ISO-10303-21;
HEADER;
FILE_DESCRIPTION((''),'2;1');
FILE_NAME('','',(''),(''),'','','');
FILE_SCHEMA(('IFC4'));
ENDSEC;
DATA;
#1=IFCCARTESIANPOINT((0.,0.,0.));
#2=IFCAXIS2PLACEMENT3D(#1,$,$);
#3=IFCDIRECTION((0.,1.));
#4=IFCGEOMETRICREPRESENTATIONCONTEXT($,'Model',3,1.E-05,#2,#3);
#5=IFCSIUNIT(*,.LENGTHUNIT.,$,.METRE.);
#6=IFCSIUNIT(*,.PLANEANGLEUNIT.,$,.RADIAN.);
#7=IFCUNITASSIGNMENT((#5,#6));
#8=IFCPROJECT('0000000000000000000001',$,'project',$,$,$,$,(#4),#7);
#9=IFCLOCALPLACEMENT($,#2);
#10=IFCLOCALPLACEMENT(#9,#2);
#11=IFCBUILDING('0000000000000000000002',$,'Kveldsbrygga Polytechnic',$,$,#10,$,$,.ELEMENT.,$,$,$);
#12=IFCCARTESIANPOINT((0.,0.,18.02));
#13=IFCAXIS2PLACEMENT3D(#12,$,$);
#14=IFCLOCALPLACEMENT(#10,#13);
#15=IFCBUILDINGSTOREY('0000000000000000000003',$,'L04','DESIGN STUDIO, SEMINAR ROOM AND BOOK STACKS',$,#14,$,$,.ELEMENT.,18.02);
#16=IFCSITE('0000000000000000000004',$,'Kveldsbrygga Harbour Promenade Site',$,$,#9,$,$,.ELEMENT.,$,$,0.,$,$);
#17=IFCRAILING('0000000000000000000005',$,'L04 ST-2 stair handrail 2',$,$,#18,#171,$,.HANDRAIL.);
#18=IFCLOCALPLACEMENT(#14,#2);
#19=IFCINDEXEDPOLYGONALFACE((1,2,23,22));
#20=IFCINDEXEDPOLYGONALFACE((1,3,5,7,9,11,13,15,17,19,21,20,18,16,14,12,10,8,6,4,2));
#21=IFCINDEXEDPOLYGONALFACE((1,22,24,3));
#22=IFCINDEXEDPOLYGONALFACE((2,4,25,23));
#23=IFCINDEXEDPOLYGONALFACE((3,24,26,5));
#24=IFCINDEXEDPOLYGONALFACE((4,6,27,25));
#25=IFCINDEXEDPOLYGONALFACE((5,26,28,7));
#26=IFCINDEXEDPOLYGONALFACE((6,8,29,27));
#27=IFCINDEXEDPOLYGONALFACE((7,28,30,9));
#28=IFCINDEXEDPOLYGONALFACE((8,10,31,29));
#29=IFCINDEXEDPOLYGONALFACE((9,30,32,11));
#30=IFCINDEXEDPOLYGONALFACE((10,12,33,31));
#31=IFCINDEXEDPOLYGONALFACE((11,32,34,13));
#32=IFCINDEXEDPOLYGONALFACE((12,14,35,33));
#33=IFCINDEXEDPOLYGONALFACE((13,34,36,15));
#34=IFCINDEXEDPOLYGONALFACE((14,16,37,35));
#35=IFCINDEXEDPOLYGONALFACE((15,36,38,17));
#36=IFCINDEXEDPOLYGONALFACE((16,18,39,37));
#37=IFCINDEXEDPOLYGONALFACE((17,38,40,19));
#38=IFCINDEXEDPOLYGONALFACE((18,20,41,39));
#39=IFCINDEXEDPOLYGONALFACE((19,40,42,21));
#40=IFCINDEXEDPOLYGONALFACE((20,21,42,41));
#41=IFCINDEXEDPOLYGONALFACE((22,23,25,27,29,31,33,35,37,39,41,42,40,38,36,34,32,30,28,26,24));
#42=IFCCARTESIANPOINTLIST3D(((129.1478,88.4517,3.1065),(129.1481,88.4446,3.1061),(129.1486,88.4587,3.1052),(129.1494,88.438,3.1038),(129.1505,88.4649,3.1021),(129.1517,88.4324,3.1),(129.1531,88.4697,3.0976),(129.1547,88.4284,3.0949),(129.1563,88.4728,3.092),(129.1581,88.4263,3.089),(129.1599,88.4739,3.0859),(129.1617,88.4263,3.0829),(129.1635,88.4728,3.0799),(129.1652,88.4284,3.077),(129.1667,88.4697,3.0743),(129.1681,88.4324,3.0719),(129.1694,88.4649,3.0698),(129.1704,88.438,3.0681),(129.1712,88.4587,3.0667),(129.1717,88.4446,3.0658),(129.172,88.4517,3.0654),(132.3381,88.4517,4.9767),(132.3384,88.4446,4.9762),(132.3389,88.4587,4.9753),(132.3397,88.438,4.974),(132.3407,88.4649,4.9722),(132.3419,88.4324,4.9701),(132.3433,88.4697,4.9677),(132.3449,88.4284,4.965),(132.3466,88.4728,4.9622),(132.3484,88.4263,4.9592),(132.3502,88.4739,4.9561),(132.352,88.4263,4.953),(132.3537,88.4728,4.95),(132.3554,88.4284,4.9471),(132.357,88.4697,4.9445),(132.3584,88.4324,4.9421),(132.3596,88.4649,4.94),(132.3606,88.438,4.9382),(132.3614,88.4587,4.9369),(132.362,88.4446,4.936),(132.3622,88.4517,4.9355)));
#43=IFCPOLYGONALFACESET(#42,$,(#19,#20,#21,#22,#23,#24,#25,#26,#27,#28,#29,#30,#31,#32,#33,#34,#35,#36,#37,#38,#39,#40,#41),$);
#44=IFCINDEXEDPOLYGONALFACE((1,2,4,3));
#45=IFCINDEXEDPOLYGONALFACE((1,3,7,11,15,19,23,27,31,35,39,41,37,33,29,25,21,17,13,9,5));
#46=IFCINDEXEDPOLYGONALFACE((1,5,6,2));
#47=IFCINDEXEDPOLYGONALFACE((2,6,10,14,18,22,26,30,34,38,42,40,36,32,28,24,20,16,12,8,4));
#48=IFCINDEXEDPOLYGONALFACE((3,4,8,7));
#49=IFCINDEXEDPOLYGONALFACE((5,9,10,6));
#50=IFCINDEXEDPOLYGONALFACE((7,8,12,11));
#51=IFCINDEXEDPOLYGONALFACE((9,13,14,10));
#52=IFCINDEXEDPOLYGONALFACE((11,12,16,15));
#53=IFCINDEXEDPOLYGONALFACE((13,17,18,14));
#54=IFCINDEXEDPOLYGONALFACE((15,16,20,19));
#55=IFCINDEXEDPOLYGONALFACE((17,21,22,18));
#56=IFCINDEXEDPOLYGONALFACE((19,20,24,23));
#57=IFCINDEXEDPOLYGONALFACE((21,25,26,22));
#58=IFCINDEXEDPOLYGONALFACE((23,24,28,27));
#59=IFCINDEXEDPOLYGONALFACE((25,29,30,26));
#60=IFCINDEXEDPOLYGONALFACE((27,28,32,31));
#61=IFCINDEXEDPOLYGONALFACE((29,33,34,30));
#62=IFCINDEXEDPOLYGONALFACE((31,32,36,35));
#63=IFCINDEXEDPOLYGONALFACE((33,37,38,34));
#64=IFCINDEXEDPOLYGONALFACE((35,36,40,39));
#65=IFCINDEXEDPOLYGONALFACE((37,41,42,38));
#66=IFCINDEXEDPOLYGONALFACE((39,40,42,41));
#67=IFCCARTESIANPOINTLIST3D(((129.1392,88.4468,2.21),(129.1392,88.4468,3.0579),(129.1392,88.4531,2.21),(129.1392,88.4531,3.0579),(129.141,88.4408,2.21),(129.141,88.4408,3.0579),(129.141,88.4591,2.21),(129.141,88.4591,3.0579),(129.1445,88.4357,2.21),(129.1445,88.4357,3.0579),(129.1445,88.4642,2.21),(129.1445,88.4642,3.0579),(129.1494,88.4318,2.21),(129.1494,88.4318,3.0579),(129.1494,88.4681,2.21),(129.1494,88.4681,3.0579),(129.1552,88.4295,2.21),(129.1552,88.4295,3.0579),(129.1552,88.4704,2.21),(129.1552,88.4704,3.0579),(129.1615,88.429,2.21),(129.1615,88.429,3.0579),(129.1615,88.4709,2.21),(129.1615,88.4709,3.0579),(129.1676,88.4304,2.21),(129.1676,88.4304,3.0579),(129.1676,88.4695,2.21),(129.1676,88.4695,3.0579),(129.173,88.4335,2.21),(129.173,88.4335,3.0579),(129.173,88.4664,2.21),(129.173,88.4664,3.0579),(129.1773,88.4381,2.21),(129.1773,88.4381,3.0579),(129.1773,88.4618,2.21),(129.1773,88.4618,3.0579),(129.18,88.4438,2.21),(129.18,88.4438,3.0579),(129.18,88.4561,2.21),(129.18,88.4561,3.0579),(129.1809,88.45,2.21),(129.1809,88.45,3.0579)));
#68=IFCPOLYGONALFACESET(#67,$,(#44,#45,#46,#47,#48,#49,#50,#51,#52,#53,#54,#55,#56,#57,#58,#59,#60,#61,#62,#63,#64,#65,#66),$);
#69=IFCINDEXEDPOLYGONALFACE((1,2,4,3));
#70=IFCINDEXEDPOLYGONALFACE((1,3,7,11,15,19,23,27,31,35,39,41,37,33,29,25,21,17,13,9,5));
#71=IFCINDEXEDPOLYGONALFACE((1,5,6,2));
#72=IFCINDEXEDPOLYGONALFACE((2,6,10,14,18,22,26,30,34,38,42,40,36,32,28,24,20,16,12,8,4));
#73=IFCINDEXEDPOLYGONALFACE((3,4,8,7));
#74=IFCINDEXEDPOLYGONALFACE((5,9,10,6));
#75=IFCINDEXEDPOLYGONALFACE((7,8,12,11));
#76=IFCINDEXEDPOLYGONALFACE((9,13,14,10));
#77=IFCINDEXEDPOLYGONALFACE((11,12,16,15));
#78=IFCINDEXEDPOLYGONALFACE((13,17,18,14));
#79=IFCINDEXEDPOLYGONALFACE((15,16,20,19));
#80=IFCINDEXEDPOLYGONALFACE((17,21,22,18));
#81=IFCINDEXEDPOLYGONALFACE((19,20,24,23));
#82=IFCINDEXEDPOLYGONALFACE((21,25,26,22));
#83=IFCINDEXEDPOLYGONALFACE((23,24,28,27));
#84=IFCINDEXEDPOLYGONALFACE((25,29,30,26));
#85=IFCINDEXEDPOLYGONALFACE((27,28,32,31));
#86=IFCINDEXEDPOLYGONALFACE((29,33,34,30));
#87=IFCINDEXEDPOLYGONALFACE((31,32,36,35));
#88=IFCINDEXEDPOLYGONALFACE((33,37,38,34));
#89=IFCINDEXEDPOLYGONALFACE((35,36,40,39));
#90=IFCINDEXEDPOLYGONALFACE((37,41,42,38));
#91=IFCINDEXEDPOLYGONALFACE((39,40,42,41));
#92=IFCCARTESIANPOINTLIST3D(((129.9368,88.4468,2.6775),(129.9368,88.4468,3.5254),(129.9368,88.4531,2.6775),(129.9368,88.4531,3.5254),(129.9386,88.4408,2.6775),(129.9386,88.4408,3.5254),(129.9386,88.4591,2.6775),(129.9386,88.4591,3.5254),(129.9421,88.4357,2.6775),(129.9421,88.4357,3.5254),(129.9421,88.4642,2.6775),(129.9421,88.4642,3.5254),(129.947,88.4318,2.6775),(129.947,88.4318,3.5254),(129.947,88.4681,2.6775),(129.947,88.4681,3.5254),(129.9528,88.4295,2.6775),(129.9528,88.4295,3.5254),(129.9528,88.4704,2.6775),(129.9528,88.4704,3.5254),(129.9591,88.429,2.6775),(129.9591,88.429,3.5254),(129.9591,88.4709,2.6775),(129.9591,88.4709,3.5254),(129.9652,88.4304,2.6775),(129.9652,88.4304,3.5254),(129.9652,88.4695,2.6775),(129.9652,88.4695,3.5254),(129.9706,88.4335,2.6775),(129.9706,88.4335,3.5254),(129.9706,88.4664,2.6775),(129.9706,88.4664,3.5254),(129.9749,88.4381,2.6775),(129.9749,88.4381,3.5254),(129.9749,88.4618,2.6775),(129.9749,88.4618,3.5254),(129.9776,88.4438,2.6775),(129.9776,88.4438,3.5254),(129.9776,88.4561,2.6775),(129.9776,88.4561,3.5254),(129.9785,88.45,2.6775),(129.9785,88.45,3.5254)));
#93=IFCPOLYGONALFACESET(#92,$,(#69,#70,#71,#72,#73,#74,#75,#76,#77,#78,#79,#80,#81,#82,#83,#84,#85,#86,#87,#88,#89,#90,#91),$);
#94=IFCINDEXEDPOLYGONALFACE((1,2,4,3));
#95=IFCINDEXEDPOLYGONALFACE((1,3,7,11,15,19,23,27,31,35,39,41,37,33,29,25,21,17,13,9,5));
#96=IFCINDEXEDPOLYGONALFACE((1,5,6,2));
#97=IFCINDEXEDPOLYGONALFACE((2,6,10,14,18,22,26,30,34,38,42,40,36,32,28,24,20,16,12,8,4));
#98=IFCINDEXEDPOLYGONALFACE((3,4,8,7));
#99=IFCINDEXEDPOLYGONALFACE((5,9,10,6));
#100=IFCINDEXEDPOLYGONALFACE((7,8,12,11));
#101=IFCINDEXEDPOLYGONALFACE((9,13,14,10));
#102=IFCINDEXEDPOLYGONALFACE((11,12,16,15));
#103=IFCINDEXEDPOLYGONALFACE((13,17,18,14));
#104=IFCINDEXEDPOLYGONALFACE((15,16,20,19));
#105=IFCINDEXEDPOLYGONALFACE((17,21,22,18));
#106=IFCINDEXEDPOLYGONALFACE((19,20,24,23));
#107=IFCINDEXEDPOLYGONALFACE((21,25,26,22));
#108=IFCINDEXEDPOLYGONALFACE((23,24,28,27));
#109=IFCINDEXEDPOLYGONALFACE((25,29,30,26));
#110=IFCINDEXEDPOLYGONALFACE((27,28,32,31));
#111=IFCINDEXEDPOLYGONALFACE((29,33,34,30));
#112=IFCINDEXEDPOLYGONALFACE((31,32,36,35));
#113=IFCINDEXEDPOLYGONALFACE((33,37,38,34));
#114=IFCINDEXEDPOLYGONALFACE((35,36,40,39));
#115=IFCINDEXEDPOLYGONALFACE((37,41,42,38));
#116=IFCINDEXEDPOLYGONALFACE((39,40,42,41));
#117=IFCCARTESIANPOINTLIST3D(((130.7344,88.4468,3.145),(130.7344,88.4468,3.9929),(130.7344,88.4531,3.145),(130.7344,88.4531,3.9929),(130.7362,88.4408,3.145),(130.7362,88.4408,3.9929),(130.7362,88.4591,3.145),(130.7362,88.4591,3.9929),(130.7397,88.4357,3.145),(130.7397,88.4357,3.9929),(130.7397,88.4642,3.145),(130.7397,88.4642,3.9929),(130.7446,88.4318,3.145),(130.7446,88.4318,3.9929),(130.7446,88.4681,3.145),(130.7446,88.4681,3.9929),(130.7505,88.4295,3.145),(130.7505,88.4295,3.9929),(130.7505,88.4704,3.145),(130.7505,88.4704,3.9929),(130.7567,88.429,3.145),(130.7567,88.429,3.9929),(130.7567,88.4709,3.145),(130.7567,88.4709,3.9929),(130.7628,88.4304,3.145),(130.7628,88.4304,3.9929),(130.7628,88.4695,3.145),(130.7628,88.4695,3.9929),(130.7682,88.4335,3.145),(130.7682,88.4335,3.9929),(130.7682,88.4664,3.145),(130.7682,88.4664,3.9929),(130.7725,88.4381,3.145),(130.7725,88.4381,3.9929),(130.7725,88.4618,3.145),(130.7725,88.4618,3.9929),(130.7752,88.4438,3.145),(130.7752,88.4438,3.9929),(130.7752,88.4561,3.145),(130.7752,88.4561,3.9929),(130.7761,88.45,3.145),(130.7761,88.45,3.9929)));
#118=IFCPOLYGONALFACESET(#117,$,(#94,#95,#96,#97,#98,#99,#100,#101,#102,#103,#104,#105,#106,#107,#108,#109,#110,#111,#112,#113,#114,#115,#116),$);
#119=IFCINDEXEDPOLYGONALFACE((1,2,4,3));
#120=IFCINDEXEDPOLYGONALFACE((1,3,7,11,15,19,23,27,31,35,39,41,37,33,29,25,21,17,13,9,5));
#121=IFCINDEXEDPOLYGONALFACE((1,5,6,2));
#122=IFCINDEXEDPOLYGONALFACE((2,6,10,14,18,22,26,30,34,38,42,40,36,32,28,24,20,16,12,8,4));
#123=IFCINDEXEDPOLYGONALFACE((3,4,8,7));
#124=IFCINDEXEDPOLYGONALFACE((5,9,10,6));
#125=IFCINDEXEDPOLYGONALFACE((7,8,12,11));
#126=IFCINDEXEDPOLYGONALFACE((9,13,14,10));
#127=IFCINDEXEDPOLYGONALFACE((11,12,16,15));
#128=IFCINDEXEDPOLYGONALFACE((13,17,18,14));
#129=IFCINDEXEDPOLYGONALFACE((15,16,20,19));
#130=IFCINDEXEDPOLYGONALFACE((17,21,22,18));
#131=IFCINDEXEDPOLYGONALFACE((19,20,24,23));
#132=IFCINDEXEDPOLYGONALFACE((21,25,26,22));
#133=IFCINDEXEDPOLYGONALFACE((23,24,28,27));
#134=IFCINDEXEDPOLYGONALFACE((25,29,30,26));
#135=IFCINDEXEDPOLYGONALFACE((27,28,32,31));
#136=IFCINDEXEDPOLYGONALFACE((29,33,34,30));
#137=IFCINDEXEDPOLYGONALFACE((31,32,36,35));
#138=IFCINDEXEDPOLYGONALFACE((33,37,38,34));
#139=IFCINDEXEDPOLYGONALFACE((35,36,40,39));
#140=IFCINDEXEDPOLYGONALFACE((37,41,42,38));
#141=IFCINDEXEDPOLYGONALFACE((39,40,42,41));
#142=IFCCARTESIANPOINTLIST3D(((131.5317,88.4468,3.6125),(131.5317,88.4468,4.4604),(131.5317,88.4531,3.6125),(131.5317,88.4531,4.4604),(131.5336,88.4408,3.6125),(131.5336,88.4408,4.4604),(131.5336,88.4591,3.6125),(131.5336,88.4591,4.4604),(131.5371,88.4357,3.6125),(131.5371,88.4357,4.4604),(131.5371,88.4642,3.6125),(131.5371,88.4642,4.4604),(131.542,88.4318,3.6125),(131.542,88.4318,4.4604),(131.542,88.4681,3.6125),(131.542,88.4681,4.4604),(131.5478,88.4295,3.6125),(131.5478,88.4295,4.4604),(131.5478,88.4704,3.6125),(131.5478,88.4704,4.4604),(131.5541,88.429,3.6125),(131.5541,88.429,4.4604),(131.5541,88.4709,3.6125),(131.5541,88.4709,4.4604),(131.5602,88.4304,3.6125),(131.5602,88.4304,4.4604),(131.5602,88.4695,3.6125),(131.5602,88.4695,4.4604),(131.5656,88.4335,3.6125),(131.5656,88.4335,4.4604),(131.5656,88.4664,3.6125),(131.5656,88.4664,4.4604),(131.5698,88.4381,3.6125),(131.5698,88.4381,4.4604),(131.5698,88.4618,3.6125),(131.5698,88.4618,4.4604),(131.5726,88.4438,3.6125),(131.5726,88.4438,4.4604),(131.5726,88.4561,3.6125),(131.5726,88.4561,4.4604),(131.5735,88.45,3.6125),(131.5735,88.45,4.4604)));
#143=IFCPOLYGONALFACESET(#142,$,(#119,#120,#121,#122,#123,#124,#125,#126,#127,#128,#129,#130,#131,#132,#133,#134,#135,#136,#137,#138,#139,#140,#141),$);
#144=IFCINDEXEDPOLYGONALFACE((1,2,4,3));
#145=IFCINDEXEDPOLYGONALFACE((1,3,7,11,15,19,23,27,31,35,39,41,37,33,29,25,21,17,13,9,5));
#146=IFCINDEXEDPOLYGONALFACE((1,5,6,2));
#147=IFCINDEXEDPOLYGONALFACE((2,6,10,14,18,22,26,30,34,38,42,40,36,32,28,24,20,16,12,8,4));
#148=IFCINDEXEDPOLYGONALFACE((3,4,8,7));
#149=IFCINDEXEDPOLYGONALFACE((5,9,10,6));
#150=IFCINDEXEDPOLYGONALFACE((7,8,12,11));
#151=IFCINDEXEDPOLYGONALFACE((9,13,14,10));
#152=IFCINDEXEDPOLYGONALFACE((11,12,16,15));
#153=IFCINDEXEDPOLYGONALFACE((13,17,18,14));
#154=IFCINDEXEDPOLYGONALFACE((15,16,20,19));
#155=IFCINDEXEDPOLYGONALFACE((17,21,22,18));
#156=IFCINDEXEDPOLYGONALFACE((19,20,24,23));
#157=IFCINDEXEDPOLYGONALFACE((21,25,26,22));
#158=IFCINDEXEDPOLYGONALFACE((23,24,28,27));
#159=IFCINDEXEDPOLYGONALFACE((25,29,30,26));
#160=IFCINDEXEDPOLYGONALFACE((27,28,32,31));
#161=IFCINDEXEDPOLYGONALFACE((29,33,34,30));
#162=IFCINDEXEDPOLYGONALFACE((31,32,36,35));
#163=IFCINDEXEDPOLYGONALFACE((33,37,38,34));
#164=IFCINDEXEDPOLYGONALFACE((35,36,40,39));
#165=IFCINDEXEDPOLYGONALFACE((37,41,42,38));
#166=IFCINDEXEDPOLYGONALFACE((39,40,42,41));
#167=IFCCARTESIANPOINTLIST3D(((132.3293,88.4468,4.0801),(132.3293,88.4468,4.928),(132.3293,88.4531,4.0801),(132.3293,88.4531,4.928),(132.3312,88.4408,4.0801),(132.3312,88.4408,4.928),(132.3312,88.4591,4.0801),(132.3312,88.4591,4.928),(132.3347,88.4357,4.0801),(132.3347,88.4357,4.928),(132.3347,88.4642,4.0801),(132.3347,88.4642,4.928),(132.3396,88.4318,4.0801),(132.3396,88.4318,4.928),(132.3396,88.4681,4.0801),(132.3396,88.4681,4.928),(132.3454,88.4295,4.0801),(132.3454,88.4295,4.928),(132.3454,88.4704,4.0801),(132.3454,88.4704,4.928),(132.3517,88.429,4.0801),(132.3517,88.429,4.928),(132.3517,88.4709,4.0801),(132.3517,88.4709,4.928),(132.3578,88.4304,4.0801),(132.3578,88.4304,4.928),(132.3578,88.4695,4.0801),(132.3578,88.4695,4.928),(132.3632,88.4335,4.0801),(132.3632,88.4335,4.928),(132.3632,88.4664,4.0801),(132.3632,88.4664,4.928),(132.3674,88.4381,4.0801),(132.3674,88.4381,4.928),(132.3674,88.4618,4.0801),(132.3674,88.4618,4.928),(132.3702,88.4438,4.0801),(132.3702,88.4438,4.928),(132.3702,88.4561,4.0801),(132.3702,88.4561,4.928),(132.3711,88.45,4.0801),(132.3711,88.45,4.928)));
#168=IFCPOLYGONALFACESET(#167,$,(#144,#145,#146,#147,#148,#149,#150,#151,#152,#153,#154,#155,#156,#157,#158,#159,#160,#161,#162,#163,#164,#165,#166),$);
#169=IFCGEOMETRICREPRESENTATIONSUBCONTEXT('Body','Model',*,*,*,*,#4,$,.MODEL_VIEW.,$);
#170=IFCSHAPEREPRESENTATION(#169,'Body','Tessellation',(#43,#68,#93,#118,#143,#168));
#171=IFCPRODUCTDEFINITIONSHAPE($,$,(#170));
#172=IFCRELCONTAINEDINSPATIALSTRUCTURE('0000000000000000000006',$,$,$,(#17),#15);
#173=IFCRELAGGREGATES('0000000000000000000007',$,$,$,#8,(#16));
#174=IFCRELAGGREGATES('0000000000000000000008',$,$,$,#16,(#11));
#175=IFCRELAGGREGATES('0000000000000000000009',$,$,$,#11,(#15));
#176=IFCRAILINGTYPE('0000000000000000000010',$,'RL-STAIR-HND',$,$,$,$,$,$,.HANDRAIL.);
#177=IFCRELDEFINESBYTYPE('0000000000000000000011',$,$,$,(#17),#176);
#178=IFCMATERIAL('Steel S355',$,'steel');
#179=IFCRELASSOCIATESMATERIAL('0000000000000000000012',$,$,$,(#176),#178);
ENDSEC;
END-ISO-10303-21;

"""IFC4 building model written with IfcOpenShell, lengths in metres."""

from ifc_helpers import new_model, si_unit, direction, frame, origin, origin_2d, place, context, subcontext, project, spatial, circle, extrude, material, type_object, element, save


model = new_model("IFC4")

# Units and contexts
model_context = context("Model", 3, precision=1e-05, world=origin(), true_north=direction((0.0, 1.0)))
body_context = subcontext(model_context, "Body", "Model", "MODEL_VIEW")
ifc_project = project(units=[si_unit("LENGTHUNIT", "METRE"), si_unit("PLANEANGLEUNIT", "RADIAN")], contexts=[model_context])

# Site, building, storey
site_placement = place(None, origin())
site = spatial("IfcSite", under=ifc_project, at=site_placement, Name="Kveldsbrygga Harbour Promenade Site", CompositionType="ELEMENT", RefElevation=0.0)
building_placement = place(site_placement, origin())
building = spatial("IfcBuilding", under=site, at=building_placement, Name="Kveldsbrygga Polytechnic", CompositionType="ELEMENT")
storey_placement = place(building_placement, frame((0.0, 0.0, 18.02)))
storey = spatial("IfcBuildingStorey", under=building, at=storey_placement, Name="L04", Description="DESIGN STUDIO, SEMINAR ROOM AND BOOK STACKS", CompositionType="ELEMENT", Elevation=18.02)

# Shared definitions
ifc_material_1 = material(Name="Steel S355", Category="steel")

# Railing
railing_type_1 = type_object("IfcRailingType", Name="RL-STAIR-HND", PredefinedType="HANDRAIL", material=ifc_material_1)
railing_1_placement = place(storey_placement, frame((129.1599, 88.45, 2.21)))
element("IfcRailing", 1, at=railing_1_placement, inside=storey, type_object=railing_type_1, Name="L04 ST-2 stair handrail 2", PredefinedType="HANDRAIL", context=body_context, shape_type="SweptSolid", body=[
    extrude(circle(Radius=0.0239, at=origin_2d()), frame((0.0, 0.0, 0.876), z_axis=(0.862697, 0.0, 0.505721), x_axis=(0.0, 1.0, 0.0)), (0.0, 0.0, 1.0), 3.698),
    extrude(circle(Radius=0.021, at=origin_2d()), origin(), (0.0, 0.0, 1.0), 0.8479),
    extrude(circle(Radius=0.021, at=origin_2d()), frame((0.7976, 0.0, 0.4675)), (0.0, 0.0, 1.0), 0.8479),
    extrude(circle(Radius=0.021, at=origin_2d()), frame((1.5952, 0.0, 0.9351)), (0.0, 0.0, 1.0), 0.8479),
    extrude(circle(Radius=0.021, at=origin_2d()), frame((2.3926, 0.0, 1.4026)), (0.0, 0.0, 1.0), 0.8479),
    extrude(circle(Radius=0.021, at=origin_2d()), frame((3.1902, 0.0, 1.8701)), (0.0, 0.0, 1.0), 0.8479),
])

save(model, "model.ifc")
